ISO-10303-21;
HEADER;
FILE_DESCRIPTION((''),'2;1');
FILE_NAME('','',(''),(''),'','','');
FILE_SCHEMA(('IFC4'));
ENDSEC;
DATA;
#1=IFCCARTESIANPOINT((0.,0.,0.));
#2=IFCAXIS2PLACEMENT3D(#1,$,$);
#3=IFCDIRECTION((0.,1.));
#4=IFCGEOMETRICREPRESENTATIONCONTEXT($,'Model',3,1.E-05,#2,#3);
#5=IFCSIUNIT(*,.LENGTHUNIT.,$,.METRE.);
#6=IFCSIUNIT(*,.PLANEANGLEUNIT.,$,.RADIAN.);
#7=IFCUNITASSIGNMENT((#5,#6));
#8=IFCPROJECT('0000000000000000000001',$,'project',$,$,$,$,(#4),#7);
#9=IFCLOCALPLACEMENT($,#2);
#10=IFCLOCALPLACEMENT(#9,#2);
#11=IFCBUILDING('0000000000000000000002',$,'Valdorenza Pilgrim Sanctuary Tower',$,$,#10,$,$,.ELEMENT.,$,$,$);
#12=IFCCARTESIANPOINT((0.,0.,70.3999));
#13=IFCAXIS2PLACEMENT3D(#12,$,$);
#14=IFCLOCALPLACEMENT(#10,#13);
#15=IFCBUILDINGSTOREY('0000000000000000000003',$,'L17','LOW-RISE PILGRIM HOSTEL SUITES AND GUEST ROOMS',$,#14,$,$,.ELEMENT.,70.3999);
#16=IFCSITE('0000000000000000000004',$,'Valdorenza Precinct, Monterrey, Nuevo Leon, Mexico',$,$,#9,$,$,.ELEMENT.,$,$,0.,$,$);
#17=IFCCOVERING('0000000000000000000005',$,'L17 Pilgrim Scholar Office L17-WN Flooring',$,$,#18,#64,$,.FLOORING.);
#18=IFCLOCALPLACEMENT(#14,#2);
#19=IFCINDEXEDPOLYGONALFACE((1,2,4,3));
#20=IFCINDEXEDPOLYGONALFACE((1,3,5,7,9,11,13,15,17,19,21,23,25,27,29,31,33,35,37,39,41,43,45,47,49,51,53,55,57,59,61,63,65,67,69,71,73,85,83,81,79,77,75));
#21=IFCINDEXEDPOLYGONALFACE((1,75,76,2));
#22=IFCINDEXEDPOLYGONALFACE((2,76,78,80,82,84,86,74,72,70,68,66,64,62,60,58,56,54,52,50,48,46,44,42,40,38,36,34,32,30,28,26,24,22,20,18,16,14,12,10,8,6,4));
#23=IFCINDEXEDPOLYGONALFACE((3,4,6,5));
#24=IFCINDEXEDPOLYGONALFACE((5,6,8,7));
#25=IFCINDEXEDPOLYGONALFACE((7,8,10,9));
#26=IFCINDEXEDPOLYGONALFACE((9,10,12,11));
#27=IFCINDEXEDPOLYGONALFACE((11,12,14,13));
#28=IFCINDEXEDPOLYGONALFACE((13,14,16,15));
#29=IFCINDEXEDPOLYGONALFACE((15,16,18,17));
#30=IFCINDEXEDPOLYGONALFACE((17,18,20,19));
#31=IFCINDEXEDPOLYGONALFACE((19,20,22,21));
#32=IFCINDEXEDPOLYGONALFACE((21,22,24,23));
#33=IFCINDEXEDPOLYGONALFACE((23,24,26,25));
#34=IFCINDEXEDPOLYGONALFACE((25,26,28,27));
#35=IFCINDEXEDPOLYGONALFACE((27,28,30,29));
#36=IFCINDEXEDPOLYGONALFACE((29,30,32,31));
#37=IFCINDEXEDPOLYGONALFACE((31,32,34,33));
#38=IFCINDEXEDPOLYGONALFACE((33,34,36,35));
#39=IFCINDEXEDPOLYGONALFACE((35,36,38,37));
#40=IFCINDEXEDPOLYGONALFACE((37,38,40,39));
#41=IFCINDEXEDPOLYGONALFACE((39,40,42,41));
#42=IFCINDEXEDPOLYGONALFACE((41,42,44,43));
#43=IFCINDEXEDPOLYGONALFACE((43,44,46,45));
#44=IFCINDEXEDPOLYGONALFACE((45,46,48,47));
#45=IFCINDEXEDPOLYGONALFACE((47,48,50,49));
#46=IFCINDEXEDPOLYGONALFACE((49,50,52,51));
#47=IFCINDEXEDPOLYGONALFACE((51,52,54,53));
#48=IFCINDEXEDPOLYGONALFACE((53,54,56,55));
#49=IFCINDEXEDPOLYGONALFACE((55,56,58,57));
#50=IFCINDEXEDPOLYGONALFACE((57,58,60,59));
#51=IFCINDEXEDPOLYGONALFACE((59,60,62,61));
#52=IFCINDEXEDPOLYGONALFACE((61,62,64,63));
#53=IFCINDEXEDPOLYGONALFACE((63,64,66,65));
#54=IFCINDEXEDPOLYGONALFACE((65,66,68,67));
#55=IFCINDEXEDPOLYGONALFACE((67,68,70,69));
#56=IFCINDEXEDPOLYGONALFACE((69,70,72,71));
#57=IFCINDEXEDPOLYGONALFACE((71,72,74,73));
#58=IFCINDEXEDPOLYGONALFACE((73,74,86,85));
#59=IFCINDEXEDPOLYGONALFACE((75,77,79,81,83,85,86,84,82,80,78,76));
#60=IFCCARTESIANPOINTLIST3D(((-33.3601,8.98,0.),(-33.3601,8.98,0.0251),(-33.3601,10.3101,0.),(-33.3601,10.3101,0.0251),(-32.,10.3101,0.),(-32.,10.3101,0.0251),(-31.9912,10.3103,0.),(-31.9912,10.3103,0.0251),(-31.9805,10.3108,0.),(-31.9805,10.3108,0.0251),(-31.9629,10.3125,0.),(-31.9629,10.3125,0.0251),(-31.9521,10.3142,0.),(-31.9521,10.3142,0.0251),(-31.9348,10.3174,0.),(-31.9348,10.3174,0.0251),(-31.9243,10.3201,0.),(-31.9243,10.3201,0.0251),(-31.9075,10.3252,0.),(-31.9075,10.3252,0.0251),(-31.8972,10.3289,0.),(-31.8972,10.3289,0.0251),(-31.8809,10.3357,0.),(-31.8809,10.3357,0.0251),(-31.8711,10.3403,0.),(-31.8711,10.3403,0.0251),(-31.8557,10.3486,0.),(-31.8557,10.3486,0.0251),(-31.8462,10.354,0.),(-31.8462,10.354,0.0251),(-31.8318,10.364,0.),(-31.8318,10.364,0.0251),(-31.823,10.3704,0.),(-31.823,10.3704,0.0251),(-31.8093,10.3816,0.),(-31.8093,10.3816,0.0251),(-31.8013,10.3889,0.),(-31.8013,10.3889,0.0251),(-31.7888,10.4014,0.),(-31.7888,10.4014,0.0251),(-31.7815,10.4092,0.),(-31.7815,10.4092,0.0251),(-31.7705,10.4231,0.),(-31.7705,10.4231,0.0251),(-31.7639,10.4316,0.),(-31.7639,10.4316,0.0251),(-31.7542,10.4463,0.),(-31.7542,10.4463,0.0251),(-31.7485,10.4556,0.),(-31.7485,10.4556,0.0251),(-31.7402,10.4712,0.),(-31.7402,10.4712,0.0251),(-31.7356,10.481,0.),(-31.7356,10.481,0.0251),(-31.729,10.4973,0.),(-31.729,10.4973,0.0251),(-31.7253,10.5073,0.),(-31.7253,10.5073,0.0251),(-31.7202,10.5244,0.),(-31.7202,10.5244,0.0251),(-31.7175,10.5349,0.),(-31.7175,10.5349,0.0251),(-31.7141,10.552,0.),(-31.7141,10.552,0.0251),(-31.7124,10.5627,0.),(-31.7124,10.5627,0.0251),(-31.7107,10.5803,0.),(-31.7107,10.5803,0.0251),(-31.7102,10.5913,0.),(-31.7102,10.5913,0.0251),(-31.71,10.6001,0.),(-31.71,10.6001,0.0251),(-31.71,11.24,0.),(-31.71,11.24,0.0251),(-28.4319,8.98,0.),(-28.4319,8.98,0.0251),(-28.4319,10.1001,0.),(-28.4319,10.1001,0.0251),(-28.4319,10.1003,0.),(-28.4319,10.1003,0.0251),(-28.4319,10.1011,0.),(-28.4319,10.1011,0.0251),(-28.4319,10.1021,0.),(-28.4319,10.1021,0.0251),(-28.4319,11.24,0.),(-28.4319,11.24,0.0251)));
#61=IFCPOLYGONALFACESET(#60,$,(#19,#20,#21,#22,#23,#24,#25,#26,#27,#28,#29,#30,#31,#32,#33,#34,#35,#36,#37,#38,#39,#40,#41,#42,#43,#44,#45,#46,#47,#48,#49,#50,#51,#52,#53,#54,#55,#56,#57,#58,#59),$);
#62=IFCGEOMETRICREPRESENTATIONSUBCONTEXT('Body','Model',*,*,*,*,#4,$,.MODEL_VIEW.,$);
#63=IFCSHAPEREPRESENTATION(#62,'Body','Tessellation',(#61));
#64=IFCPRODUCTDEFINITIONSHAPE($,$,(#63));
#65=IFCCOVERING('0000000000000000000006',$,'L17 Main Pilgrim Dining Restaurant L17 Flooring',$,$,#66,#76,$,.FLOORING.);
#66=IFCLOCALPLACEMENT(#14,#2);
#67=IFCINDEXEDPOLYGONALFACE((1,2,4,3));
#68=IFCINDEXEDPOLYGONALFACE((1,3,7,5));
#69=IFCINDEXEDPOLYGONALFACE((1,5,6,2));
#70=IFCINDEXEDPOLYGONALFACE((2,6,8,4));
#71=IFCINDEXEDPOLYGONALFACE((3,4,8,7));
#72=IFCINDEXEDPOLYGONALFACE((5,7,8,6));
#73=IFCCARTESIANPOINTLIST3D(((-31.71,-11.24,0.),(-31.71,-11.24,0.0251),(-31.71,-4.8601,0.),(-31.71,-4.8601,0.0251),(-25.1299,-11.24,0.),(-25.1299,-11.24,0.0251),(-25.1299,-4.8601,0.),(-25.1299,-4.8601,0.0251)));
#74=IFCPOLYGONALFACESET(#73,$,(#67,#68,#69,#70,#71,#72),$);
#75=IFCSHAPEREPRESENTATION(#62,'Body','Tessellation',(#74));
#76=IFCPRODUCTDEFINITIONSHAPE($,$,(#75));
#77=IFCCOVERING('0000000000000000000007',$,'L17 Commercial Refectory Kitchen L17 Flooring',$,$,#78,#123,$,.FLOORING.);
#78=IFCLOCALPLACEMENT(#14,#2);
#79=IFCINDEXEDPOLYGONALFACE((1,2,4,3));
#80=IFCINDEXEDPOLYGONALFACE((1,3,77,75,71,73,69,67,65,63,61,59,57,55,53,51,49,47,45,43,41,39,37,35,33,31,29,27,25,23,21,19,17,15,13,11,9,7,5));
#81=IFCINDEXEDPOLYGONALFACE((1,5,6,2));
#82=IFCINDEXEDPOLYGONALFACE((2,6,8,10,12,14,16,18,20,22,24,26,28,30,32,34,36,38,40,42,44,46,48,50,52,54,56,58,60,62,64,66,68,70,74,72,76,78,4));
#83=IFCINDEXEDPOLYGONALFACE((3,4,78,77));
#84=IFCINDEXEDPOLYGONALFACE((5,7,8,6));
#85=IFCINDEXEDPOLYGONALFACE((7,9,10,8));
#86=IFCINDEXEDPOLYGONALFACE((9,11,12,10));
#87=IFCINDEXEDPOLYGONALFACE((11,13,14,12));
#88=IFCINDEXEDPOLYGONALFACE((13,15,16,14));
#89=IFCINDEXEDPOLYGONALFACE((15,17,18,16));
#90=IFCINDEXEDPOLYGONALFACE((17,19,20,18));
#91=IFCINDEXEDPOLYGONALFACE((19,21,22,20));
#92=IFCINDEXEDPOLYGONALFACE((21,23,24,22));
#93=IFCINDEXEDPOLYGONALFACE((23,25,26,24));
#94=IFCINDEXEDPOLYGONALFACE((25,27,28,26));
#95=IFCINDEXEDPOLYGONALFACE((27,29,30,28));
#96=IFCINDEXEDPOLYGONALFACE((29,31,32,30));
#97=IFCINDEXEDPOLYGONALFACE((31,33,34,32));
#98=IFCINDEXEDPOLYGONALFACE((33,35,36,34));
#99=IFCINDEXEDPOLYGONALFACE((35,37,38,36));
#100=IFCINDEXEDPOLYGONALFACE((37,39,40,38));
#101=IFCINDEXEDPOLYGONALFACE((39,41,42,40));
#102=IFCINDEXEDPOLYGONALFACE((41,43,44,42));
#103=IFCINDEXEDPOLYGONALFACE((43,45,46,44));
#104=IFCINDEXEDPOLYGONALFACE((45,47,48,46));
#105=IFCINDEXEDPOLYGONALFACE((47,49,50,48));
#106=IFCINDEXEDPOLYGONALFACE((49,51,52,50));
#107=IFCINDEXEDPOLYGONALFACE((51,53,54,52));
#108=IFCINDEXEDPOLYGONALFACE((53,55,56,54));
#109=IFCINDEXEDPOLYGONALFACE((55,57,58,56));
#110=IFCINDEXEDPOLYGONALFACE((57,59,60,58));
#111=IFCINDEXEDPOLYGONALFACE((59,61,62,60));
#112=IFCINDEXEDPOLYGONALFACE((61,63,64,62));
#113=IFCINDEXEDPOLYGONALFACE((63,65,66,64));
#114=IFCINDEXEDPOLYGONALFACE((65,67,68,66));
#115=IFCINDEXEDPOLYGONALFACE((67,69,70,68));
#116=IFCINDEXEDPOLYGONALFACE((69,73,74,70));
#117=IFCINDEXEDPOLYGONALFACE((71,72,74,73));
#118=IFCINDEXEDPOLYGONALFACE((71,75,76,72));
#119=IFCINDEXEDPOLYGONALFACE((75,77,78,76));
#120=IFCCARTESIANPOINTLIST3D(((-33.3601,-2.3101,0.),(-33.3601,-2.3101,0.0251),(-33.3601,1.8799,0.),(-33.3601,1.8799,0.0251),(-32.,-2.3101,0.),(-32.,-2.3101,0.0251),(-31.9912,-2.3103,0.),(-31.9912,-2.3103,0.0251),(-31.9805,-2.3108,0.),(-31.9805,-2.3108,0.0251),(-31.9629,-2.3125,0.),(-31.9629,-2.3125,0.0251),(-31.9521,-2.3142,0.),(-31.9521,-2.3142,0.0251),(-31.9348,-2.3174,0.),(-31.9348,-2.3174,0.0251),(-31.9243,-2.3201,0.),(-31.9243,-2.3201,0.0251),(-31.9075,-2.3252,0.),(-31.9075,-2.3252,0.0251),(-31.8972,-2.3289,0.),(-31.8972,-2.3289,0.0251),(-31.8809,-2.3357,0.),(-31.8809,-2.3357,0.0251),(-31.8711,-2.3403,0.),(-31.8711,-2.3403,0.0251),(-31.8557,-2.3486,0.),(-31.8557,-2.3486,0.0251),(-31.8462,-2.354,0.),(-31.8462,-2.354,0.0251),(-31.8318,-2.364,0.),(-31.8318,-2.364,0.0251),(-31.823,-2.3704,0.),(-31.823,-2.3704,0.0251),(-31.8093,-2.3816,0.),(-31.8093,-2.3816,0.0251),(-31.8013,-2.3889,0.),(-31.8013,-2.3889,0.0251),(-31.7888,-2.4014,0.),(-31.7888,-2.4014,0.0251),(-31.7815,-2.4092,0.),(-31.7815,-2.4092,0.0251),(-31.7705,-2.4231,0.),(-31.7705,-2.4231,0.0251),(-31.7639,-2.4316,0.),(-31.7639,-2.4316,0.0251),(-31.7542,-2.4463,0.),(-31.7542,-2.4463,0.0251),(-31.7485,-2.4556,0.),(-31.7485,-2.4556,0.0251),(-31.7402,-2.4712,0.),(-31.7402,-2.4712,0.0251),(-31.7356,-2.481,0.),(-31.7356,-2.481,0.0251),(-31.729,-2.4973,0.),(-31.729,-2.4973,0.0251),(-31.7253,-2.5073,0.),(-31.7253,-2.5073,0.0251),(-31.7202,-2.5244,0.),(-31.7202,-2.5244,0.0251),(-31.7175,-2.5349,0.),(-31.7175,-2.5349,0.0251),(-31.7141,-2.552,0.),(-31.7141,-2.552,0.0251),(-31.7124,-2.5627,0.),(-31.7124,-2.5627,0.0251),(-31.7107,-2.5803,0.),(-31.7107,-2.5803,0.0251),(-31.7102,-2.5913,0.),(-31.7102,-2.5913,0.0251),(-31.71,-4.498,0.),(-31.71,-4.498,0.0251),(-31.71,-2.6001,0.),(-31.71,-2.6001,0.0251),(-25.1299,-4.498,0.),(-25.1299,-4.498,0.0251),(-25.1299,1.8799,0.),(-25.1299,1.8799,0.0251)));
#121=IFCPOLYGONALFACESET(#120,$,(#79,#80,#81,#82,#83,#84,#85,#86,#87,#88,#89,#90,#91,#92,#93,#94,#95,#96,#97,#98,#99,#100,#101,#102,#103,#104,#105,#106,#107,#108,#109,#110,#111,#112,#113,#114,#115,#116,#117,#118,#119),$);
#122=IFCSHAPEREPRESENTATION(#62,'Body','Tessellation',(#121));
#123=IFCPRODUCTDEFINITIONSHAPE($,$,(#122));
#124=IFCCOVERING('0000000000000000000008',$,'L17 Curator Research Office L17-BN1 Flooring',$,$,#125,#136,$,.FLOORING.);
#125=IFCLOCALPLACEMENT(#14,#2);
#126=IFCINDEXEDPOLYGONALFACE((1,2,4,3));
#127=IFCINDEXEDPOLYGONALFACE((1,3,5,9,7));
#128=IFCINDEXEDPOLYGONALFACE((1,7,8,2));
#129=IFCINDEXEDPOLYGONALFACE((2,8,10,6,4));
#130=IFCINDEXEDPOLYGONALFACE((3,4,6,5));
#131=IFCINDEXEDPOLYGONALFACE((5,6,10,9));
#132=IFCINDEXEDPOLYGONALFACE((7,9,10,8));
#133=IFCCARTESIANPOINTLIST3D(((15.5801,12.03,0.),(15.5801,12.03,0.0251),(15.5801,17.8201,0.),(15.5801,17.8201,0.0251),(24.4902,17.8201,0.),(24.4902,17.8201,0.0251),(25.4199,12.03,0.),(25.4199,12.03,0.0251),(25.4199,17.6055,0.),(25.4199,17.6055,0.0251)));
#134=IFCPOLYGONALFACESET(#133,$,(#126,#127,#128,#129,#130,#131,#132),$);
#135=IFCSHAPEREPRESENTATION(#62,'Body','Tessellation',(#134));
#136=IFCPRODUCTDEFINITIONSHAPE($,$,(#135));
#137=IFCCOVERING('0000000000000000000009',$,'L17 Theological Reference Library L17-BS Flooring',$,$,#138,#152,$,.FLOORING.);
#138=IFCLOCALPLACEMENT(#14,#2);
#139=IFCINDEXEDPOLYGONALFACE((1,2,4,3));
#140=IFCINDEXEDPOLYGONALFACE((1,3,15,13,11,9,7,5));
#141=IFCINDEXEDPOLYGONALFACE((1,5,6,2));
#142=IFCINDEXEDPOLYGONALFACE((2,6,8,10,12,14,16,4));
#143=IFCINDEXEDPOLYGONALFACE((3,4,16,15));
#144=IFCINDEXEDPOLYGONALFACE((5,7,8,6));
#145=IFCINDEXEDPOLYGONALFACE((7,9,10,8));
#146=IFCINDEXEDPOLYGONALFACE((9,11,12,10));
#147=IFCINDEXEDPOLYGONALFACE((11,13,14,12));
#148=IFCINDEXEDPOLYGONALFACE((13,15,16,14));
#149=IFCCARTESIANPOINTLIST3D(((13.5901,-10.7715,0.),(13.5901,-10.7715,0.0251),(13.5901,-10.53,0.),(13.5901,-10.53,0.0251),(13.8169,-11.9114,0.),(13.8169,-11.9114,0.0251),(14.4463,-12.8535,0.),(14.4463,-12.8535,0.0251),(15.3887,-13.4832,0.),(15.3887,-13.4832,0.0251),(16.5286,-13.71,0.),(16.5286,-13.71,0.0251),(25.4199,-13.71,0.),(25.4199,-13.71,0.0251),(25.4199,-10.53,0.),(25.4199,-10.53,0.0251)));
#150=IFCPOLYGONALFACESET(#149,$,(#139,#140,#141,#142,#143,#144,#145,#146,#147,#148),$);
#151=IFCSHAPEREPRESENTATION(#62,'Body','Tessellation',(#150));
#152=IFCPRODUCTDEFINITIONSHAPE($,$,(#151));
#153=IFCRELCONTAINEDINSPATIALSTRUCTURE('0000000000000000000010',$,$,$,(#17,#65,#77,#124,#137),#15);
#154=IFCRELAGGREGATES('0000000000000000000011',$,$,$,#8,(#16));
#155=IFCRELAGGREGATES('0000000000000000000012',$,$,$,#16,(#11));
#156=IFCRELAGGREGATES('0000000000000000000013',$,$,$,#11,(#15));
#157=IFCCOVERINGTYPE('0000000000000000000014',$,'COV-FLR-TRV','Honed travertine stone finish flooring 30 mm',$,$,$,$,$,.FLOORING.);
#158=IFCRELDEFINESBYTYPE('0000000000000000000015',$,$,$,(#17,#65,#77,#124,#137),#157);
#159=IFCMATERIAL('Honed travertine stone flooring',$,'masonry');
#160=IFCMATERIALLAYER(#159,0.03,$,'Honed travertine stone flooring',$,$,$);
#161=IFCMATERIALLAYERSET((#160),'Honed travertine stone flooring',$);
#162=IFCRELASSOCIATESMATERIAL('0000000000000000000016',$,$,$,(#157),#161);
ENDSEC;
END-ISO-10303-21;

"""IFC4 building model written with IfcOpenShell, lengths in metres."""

from ifc_helpers import new_model, si_unit, direction, frame, origin, place, context, subcontext, project, spatial, polyline, outline, extrude, material, layer, layer_set, type_object, element, save


model = new_model("IFC4")

# Units and contexts
model_context = context("Model", 3, precision=1e-05, world=origin(), true_north=direction((0.0, 1.0)))
body_context = subcontext(model_context, "Body", "Model", "MODEL_VIEW")
ifc_project = project(units=[si_unit("LENGTHUNIT", "METRE"), si_unit("PLANEANGLEUNIT", "RADIAN")], contexts=[model_context])

# Site, building, storey
site_placement = place(None, origin())
site = spatial("IfcSite", under=ifc_project, at=site_placement, Name="Valdorenza Precinct, Monterrey, Nuevo Leon, Mexico", CompositionType="ELEMENT", RefElevation=0.0)
building_placement = place(site_placement, origin())
building = spatial("IfcBuilding", under=site, at=building_placement, Name="Valdorenza Pilgrim Sanctuary Tower", CompositionType="ELEMENT")
storey_placement = place(building_placement, frame((0.0, 0.0, 70.3999)))
storey = spatial("IfcBuildingStorey", under=building, at=storey_placement, Name="L17", Description="LOW-RISE PILGRIM HOSTEL SUITES AND GUEST ROOMS", CompositionType="ELEMENT", Elevation=70.3999)

# Coverings
ifc_material_1 = material(Name="Honed travertine stone flooring", Category="masonry")
ifc_layer_1 = layer(ifc_material_1, 0.03, Name="Honed travertine stone flooring")
ifc_layer_set_1 = layer_set([ifc_layer_1], Name="Honed travertine stone flooring")
covering_type_1 = type_object("IfcCoveringType", Name="COV-FLR-TRV", Description="Honed travertine stone finish flooring 30 mm", PredefinedType="FLOORING", material=ifc_layer_set_1)
covering_1_placement = place(storey_placement, origin())
element("IfcCovering", 1, at=covering_1_placement, inside=storey, type_object=covering_type_1, Name="L17 Pilgrim Scholar Office L17-WN Flooring", PredefinedType="FLOORING", context=body_context, shape_type="SweptSolid", body=[
    extrude(outline(polyline([(-28.4319, 11.24), (-28.4319, 10.1021), (-28.4319, 10.1011), (-28.4319, 10.1003), (-28.4319, 10.1001), (-28.4319, 8.98), (-33.3601, 8.98), (-33.3601, 10.3101), (-32.0, 10.3101), (-31.9912, 10.3103), (-31.9805, 10.3108), (-31.9629, 10.3125), (-31.9521, 10.3142), (-31.9348, 10.3174), (-31.9243, 10.3201), (-31.9075, 10.3252), (-31.8972, 10.3289), (-31.8809, 10.3357), (-31.8711, 10.3403), (-31.8557, 10.3486), (-31.8462, 10.354), (-31.8318, 10.364), (-31.823, 10.3704), (-31.8093, 10.3816), (-31.8013, 10.3889), (-31.7888, 10.4014), (-31.7815, 10.4092), (-31.7705, 10.4231), (-31.7639, 10.4316), (-31.7542, 10.4463), (-31.7485, 10.4556), (-31.7402, 10.4712), (-31.7356, 10.481), (-31.729, 10.4973), (-31.7253, 10.5073), (-31.7202, 10.5244), (-31.7175, 10.5349), (-31.7141, 10.552), (-31.7124, 10.5627), (-31.7107, 10.5803), (-31.7102, 10.5913), (-31.71, 10.6001), (-31.71, 11.24), (-28.4319, 11.24)])), origin(), (0.0, 0.0, 1.0), 0.0251),
])
covering_2_placement = place(storey_placement, origin())
element("IfcCovering", 2, at=covering_2_placement, inside=storey, type_object=covering_type_1, Name="L17 Main Pilgrim Dining Restaurant L17 Flooring", PredefinedType="FLOORING", context=body_context, shape_type="SweptSolid", body=[
    extrude(outline(polyline([(-25.1299, -11.24), (-31.71, -11.24), (-31.71, -4.8601), (-25.1299, -4.8601), (-25.1299, -11.24)])), origin(), (0.0, 0.0, 1.0), 0.0251),
])
covering_3_placement = place(storey_placement, origin())
element("IfcCovering", 3, at=covering_3_placement, inside=storey, type_object=covering_type_1, Name="L17 Commercial Refectory Kitchen L17 Flooring", PredefinedType="FLOORING", context=body_context, shape_type="SweptSolid", body=[
    extrude(outline(polyline([(-25.1299, -4.498), (-31.71, -4.498), (-31.71, -2.6001), (-31.7102, -2.5913), (-31.7107, -2.5803), (-31.7124, -2.5627), (-31.7141, -2.552), (-31.7175, -2.5349), (-31.7202, -2.5244), (-31.7253, -2.5073), (-31.729, -2.4973), (-31.7356, -2.481), (-31.7402, -2.4712), (-31.7485, -2.4556), (-31.7542, -2.4463), (-31.7639, -2.4316), (-31.7705, -2.4231), (-31.7815, -2.4092), (-31.7888, -2.4014), (-31.8013, -2.3889), (-31.8093, -2.3816), (-31.823, -2.3704), (-31.8318, -2.364), (-31.8462, -2.354), (-31.8557, -2.3486), (-31.8711, -2.3403), (-31.8809, -2.3357), (-31.8972, -2.3289), (-31.9075, -2.3252), (-31.9243, -2.3201), (-31.9348, -2.3174), (-31.9521, -2.3142), (-31.9629, -2.3125), (-31.9805, -2.3108), (-31.9912, -2.3103), (-32.0, -2.3101), (-33.3601, -2.3101), (-33.3601, 1.8799), (-25.1299, 1.8799), (-25.1299, -4.498)])), origin(), (0.0, 0.0, 1.0), 0.0251),
])
covering_4_placement = place(storey_placement, origin())
element("IfcCovering", 4, at=covering_4_placement, inside=storey, type_object=covering_type_1, Name="L17 Curator Research Office L17-BN1 Flooring", PredefinedType="FLOORING", context=body_context, shape_type="SweptSolid", body=[
    extrude(outline(polyline([(15.5801, 12.03), (15.5801, 17.8201), (24.4902, 17.8201), (25.4199, 17.6055), (25.4199, 12.03), (15.5801, 12.03)])), origin(), (0.0, 0.0, 1.0), 0.0251),
])
covering_5_placement = place(storey_placement, origin())
element("IfcCovering", 5, at=covering_5_placement, inside=storey, type_object=covering_type_1, Name="L17 Theological Reference Library L17-BS Flooring", PredefinedType="FLOORING", context=body_context, shape_type="SweptSolid", body=[
    extrude(outline(polyline([(25.4199, -13.71), (16.5286, -13.71), (15.3887, -13.4832), (14.4463, -12.8535), (13.8169, -11.9114), (13.5901, -10.7715), (13.5901, -10.53), (25.4199, -10.53), (25.4199, -13.71)])), origin(), (0.0, 0.0, 1.0), 0.0251),
])

save(model, "model.ifc")
